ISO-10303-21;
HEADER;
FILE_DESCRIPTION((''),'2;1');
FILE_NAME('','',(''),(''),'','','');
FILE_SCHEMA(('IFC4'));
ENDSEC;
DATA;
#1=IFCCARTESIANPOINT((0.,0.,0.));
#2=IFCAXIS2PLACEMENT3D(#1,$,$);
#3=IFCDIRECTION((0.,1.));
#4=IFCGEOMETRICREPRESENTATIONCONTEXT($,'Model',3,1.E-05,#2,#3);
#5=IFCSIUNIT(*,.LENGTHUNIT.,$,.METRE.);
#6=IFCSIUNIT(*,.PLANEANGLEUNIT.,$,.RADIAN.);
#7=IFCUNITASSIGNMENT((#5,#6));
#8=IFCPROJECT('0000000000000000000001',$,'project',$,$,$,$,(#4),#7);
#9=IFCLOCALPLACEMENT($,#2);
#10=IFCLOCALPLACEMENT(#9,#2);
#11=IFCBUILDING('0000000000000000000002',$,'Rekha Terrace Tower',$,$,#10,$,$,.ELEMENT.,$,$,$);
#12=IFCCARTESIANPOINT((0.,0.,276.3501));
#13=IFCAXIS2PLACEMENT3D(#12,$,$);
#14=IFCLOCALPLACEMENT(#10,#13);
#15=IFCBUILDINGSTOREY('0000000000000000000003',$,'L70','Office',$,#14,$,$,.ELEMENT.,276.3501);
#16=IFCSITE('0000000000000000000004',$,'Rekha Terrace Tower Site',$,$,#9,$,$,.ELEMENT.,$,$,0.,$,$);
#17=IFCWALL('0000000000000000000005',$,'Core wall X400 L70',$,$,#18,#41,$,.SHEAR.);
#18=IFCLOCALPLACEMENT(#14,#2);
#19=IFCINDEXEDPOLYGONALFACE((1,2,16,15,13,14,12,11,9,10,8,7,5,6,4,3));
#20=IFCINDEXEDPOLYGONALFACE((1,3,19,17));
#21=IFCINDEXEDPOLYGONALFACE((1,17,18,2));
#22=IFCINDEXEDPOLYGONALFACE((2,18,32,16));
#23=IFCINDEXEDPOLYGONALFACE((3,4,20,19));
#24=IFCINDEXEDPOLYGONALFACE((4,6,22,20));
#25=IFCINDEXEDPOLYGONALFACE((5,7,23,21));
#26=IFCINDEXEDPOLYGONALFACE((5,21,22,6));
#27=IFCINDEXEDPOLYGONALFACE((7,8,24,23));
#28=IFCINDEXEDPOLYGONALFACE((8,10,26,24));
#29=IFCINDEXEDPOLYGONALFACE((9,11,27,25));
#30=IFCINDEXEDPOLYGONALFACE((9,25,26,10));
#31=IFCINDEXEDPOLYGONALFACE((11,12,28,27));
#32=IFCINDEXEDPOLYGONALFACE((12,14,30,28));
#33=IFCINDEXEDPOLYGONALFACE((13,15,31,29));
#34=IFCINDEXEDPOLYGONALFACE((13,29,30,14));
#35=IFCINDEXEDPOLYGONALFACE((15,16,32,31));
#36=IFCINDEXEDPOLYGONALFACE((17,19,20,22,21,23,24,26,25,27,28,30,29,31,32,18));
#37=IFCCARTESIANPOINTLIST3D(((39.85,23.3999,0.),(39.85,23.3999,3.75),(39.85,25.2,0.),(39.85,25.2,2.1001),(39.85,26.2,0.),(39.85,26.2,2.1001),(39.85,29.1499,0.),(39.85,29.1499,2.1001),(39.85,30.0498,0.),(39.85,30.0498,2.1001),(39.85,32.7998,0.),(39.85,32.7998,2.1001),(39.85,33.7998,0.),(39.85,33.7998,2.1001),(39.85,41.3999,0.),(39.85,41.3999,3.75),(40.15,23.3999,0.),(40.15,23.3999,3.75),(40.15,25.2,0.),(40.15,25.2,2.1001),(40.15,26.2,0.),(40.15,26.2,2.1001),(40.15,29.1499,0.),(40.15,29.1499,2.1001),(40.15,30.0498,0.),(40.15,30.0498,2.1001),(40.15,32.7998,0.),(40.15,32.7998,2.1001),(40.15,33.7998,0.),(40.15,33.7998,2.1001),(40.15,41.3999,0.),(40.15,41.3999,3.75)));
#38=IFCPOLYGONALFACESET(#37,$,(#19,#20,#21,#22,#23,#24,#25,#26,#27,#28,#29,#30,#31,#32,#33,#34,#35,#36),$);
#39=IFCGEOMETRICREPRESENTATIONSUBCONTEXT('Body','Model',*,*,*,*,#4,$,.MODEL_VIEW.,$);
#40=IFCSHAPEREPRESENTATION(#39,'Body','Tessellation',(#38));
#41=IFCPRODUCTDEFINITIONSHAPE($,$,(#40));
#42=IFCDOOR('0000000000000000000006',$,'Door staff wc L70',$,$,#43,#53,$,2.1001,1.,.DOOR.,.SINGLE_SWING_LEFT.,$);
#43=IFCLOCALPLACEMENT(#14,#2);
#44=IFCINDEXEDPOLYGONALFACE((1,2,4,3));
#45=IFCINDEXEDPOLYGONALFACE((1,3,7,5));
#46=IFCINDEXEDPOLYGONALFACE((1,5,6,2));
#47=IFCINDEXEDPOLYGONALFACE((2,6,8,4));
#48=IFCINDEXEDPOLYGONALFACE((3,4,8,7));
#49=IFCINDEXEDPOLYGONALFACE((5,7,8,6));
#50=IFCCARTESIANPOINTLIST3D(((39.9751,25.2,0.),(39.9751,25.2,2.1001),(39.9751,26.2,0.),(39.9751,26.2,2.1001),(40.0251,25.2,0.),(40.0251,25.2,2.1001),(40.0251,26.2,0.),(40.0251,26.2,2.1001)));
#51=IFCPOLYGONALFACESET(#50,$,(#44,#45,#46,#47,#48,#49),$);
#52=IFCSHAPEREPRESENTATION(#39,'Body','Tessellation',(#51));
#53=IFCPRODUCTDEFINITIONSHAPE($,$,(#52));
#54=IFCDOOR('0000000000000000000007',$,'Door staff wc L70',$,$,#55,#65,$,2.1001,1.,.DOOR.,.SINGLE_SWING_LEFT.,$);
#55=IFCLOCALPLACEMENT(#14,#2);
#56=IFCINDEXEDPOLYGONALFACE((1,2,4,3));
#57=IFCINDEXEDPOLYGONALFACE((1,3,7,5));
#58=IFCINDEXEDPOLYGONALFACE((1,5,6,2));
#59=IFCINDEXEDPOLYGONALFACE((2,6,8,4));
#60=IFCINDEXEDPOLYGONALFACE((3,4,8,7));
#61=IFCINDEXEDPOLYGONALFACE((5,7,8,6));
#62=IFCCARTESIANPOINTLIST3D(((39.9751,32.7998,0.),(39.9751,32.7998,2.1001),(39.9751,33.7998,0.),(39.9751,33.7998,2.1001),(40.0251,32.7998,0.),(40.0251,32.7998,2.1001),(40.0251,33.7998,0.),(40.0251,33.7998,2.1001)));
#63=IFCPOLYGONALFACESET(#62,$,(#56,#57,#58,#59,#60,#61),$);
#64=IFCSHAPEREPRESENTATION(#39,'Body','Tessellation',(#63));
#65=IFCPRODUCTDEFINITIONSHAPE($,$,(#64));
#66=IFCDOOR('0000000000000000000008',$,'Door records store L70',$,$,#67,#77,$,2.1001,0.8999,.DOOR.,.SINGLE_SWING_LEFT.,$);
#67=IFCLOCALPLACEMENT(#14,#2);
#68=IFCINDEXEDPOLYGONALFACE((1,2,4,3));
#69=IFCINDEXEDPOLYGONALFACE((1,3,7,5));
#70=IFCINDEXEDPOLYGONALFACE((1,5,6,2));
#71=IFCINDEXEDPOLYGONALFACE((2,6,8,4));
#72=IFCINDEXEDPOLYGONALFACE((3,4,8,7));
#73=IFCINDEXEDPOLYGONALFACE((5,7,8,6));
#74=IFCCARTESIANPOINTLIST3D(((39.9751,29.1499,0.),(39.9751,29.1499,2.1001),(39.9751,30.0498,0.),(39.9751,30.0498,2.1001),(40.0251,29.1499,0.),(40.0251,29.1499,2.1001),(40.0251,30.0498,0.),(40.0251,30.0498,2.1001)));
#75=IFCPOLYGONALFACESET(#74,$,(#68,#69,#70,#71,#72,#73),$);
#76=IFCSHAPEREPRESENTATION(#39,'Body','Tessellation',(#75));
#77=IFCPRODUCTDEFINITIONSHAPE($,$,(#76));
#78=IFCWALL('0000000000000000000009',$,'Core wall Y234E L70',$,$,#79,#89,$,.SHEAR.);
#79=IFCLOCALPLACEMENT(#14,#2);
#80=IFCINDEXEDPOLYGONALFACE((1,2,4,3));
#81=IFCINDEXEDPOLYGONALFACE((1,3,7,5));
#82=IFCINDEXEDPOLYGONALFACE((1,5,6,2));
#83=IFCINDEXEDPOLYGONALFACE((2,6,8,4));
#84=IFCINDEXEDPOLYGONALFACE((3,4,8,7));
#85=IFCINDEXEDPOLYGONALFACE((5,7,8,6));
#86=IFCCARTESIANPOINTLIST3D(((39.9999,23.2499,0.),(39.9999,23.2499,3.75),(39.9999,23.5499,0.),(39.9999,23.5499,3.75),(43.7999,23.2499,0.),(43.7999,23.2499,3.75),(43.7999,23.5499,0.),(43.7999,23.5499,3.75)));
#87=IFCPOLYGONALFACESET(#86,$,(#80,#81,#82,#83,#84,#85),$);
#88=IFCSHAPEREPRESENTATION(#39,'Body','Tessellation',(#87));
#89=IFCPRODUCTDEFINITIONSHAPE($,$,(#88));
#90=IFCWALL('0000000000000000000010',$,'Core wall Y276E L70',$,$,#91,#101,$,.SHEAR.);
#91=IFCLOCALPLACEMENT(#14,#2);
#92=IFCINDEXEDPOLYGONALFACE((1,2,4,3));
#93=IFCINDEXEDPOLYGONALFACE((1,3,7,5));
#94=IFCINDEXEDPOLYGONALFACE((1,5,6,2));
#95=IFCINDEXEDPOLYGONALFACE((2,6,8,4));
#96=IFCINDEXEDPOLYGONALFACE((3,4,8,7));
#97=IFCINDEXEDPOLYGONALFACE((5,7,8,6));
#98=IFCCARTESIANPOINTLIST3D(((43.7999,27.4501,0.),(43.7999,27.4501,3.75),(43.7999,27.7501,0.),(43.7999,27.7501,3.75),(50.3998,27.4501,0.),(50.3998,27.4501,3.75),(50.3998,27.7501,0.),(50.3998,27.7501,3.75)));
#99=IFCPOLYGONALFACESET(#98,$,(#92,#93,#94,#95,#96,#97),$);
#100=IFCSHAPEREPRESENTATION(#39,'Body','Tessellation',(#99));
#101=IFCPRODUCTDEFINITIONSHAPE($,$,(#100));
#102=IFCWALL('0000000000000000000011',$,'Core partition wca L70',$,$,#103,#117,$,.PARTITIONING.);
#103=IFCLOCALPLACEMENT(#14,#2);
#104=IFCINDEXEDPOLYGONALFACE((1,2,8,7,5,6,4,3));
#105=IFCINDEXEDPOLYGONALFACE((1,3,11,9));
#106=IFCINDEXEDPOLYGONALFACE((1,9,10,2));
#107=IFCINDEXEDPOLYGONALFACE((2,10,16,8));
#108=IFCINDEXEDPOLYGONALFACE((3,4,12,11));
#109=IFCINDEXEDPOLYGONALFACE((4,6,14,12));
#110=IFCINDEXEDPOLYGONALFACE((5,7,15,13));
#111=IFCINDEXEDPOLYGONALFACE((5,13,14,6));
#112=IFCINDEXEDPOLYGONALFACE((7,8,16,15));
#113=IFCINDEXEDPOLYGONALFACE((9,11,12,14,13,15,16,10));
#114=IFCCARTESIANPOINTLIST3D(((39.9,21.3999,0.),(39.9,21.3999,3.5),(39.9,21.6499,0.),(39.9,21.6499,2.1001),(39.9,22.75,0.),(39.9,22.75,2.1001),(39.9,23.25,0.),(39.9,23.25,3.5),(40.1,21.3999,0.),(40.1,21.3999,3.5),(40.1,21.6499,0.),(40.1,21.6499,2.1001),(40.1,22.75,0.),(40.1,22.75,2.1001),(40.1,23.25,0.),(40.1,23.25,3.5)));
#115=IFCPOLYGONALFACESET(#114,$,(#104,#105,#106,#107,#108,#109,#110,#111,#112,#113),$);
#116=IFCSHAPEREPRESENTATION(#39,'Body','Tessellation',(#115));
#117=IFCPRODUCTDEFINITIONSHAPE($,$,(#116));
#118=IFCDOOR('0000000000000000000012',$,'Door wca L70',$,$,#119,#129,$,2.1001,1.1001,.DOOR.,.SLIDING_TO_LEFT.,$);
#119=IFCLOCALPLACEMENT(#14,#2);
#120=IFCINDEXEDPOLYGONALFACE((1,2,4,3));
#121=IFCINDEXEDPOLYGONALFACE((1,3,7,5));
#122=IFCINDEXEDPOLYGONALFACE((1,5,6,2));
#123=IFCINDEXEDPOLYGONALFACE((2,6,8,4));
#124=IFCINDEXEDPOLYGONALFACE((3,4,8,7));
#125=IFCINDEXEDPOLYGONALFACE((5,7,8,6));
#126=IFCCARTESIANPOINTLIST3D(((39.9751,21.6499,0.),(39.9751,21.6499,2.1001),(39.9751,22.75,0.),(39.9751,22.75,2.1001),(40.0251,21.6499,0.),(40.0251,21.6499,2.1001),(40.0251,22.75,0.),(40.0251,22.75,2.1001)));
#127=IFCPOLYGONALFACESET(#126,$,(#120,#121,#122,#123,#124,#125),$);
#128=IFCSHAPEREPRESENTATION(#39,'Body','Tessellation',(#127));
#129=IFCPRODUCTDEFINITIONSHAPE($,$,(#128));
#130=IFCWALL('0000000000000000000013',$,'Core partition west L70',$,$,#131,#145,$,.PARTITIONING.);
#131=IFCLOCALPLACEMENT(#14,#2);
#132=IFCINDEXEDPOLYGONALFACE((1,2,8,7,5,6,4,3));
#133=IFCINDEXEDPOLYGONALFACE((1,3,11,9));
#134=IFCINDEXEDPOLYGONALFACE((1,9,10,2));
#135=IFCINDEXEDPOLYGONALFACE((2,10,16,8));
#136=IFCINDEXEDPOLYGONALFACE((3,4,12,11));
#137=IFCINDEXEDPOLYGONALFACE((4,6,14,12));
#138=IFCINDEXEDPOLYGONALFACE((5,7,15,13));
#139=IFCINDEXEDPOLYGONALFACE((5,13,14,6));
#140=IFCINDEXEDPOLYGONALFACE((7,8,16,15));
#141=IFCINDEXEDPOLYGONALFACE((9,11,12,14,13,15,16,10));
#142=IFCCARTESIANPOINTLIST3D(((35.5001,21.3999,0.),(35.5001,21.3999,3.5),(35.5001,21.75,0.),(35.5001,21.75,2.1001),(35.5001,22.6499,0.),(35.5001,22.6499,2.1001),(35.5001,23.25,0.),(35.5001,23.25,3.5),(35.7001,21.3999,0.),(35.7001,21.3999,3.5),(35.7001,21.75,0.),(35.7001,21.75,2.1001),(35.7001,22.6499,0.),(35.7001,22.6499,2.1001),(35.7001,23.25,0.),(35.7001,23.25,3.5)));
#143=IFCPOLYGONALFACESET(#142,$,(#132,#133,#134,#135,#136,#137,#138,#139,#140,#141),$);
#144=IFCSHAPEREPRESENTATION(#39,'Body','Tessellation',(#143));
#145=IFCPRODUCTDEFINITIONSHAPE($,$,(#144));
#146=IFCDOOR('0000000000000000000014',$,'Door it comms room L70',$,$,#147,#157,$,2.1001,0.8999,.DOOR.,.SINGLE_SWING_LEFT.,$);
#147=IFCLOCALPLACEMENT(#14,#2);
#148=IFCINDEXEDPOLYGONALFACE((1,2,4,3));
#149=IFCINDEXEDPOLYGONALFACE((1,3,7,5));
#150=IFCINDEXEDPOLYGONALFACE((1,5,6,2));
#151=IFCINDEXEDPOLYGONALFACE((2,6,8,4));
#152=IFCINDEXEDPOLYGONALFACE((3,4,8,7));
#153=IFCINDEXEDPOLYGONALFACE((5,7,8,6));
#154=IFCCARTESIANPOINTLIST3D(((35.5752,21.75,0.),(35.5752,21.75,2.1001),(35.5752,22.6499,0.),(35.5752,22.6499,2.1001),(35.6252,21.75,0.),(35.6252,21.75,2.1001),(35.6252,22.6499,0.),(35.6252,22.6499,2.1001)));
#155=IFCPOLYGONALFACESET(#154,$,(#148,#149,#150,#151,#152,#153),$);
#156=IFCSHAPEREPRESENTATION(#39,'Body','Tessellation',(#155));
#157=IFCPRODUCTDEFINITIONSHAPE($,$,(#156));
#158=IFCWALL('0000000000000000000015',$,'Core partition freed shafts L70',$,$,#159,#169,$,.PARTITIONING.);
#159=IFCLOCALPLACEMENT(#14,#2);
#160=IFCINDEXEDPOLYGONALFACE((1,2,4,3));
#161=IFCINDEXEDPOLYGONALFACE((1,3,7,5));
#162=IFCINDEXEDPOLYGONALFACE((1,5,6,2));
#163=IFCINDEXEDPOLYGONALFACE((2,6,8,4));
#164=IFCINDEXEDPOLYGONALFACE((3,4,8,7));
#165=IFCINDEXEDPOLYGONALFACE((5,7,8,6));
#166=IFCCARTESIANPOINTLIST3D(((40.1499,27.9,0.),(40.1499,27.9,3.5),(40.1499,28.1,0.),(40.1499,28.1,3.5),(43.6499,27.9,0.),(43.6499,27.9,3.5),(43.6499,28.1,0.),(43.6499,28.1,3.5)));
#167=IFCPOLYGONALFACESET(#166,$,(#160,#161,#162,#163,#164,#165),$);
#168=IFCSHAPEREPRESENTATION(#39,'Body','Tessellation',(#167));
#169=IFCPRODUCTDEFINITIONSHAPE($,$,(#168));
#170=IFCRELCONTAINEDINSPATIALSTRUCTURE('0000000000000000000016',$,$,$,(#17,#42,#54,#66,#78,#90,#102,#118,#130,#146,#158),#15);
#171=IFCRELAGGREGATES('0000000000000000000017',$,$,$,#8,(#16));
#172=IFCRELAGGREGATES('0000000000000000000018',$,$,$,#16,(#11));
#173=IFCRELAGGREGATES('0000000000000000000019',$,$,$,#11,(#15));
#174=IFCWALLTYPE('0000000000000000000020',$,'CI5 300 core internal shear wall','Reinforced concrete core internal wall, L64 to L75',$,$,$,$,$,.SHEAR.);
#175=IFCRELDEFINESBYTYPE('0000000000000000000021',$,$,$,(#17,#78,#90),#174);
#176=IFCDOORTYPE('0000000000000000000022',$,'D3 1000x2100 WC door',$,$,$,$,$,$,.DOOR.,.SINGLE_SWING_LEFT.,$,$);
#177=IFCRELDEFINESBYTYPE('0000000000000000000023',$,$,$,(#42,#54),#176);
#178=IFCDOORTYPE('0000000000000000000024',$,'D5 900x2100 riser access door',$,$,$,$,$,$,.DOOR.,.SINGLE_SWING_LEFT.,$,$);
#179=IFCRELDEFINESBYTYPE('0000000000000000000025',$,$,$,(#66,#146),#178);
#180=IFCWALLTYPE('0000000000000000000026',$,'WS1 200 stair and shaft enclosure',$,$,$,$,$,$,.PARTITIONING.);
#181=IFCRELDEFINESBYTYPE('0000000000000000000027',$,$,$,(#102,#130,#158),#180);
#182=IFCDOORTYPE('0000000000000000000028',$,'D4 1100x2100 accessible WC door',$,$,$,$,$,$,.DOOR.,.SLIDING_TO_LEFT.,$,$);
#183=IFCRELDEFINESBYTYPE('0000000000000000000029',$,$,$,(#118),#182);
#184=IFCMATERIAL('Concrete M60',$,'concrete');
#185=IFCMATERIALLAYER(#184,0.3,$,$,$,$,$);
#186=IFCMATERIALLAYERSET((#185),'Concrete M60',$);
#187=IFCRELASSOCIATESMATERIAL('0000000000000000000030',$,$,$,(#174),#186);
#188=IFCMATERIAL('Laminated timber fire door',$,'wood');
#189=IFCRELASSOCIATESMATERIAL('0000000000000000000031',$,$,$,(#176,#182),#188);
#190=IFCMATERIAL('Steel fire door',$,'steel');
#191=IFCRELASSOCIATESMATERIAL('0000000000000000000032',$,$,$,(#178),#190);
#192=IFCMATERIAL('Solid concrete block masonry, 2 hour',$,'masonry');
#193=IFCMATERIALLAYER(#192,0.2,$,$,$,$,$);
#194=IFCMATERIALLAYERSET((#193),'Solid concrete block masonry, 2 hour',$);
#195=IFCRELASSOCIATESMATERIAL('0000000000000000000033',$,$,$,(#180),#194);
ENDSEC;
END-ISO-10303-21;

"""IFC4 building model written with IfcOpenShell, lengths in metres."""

from ifc_helpers import new_model, si_unit, direction, frame, frame_2d, origin, place, context, subcontext, project, spatial, rectangle, extrude, material, layer, layer_set, type_object, element, fill, save


model = new_model("IFC4")

# Units and contexts
model_context = context("Model", 3, precision=1e-05, world=origin(), true_north=direction((0.0, 1.0)))
body_context = subcontext(model_context, "Body", "Model", "MODEL_VIEW")
ifc_project = project(units=[si_unit("LENGTHUNIT", "METRE"), si_unit("PLANEANGLEUNIT", "RADIAN")], contexts=[model_context])

# Site, building, storey
site_placement = place(None, origin())
site = spatial("IfcSite", under=ifc_project, at=site_placement, Name="Rekha Terrace Tower Site", CompositionType="ELEMENT", RefElevation=0.0)
building_placement = place(site_placement, origin())
building = spatial("IfcBuilding", under=site, at=building_placement, Name="Rekha Terrace Tower", CompositionType="ELEMENT")
storey_placement = place(building_placement, frame((0.0, 0.0, 276.3501)))
storey = spatial("IfcBuildingStorey", under=building, at=storey_placement, Name="L70", Description="Office", CompositionType="ELEMENT", Elevation=276.3501)

# Shared definitions
ifc_material_1 = material(Name="Concrete M60", Category="concrete")

# Shared definitions
ifc_layer_1 = layer(ifc_material_1, 0.3)
ifc_layer_set_1 = layer_set([ifc_layer_1], Name="Concrete M60")
wall_type_1 = type_object("IfcWallType", Name="CI5 300 core internal shear wall", Description="Reinforced concrete core internal wall, L64 to L75", PredefinedType="SHEAR", material=ifc_layer_set_1)

# Wall, openings, doors
wall_1_placement = place(storey_placement, frame((40.0, 23.3999, 0.0), z_axis=(0.0, 0.0, 1.0), x_axis=(0.0, 1.0, 0.0)))
wall_1 = element("IfcWall", 1, at=wall_1_placement, inside=storey, type_object=wall_type_1, Name="Core wall X400 L70", PredefinedType="SHEAR", context=body_context, shape_type="SweptSolid", body=[
    extrude(rectangle(XDim=18.0, YDim=0.3, at=frame_2d((9.0, 0.0))), origin(), (0.0, 0.0, 1.0), 3.75),
])
opening_1_placement = place(wall_1_placement, frame((1.8, 0.0, 0.0)))
opening_1 = element("IfcOpeningElement", 2, at=opening_1_placement, cuts=wall_1, PredefinedType="OPENING", context=body_context, shape_type="SweptSolid", body=[
    extrude(rectangle(XDim=1.0, YDim=2.1001, at=frame_2d((0.5, 1.05))), frame((0.0, 0.1599, 0.0), z_axis=(0.0, -1.0, 0.0), x_axis=(1.0, 0.0, 0.0)), (0.0, 0.0, 1.0), 0.3201),
])
opening_2_placement = place(wall_1_placement, frame((5.75, 0.0, 0.0)))
opening_2 = element("IfcOpeningElement", 3, at=opening_2_placement, cuts=wall_1, PredefinedType="OPENING", context=body_context, shape_type="SweptSolid", body=[
    extrude(rectangle(XDim=0.8999, YDim=2.1001, at=frame_2d((0.45, 1.05))), frame((0.0, 0.1599, 0.0), z_axis=(0.0, -1.0, 0.0), x_axis=(1.0, 0.0, 0.0)), (0.0, 0.0, 1.0), 0.3201),
])
opening_3_placement = place(wall_1_placement, frame((9.3999, 0.0, 0.0)))
opening_3 = element("IfcOpeningElement", 4, at=opening_3_placement, cuts=wall_1, PredefinedType="OPENING", context=body_context, shape_type="SweptSolid", body=[
    extrude(rectangle(XDim=1.0, YDim=2.1001, at=frame_2d((0.5, 1.05))), frame((0.0, 0.1599, 0.0), z_axis=(0.0, -1.0, 0.0), x_axis=(1.0, 0.0, 0.0)), (0.0, 0.0, 1.0), 0.3201),
])
ifc_material_2 = material(Name="Laminated timber fire door", Category="wood")
door_type_1 = type_object("IfcDoorType", Name="D3 1000x2100 WC door", OperationType="SINGLE_SWING_LEFT", PredefinedType="DOOR", material=ifc_material_2)
door_1_placement = place(opening_1_placement, origin())
door_1 = element("IfcDoor", 5, at=door_1_placement, inside=storey, type_object=door_type_1, Name="Door staff wc L70", OperationType="SINGLE_SWING_LEFT", OverallHeight=2.1001, OverallWidth=1.0, PredefinedType="DOOR", context=body_context, shape_type="SweptSolid", body=[
    extrude(rectangle(XDim=1.0, YDim=2.1001, at=frame_2d((0.5, 1.05))), frame((0.0, 0.0249, 0.0), z_axis=(0.0, -1.0, 0.0), x_axis=(1.0, 0.0, 0.0)), (0.0, 0.0, 1.0), 0.05),
])
fill(opening_1, door_1)
door_2_placement = place(opening_3_placement, origin())
door_2 = element("IfcDoor", 6, at=door_2_placement, inside=storey, type_object=door_type_1, Name="Door staff wc L70", OperationType="SINGLE_SWING_LEFT", OverallHeight=2.1001, OverallWidth=1.0, PredefinedType="DOOR", context=body_context, shape_type="SweptSolid", body=[
    extrude(rectangle(XDim=1.0, YDim=2.1001, at=frame_2d((0.5, 1.05))), frame((0.0, 0.0249, 0.0), z_axis=(0.0, -1.0, 0.0), x_axis=(1.0, 0.0, 0.0)), (0.0, 0.0, 1.0), 0.05),
])
fill(opening_3, door_2)
ifc_material_3 = material(Name="Steel fire door", Category="steel")
door_type_2 = type_object("IfcDoorType", Name="D5 900x2100 riser access door", OperationType="SINGLE_SWING_LEFT", PredefinedType="DOOR", material=ifc_material_3)
door_3_placement = place(opening_2_placement, origin())
door_3 = element("IfcDoor", 7, at=door_3_placement, inside=storey, type_object=door_type_2, Name="Door records store L70", OperationType="SINGLE_SWING_LEFT", OverallHeight=2.1001, OverallWidth=0.8999, PredefinedType="DOOR", context=body_context, shape_type="SweptSolid", body=[
    extrude(rectangle(XDim=0.8999, YDim=2.1001, at=frame_2d((0.45, 1.05))), frame((0.0, 0.0249, 0.0), z_axis=(0.0, -1.0, 0.0), x_axis=(1.0, 0.0, 0.0)), (0.0, 0.0, 1.0), 0.05),
])
fill(opening_2, door_3)

# Walls
wall_2_placement = place(storey_placement, frame((40.0, 23.3999, 0.0), z_axis=(0.0, 0.0, 1.0), x_axis=(1.0, 0.0, 0.0)))
element("IfcWall", 8, at=wall_2_placement, inside=storey, type_object=wall_type_1, Name="Core wall Y234E L70", PredefinedType="SHEAR", context=body_context, shape_type="SweptSolid", body=[
    extrude(rectangle(XDim=3.8, YDim=0.3, at=frame_2d((1.8999, 0.0))), origin(), (0.0, 0.0, 1.0), 3.75),
])
wall_3_placement = place(storey_placement, frame((43.8, 27.6001, 0.0), z_axis=(0.0, 0.0, 1.0), x_axis=(1.0, 0.0, 0.0)))
element("IfcWall", 9, at=wall_3_placement, inside=storey, type_object=wall_type_1, Name="Core wall Y276E L70", PredefinedType="SHEAR", context=body_context, shape_type="SweptSolid", body=[
    extrude(rectangle(XDim=6.5999, YDim=0.3, at=frame_2d((3.2998, 0.0))), origin(), (0.0, 0.0, 1.0), 3.75),
])

# Walls, openings, doors
ifc_material_4 = material(Name="Solid concrete block masonry, 2 hour", Category="masonry")
ifc_layer_2 = layer(ifc_material_4, 0.2)
ifc_layer_set_2 = layer_set([ifc_layer_2], Name="Solid concrete block masonry, 2 hour")
wall_type_2 = type_object("IfcWallType", Name="WS1 200 stair and shaft enclosure", PredefinedType="PARTITIONING", material=ifc_layer_set_2)
wall_4_placement = place(storey_placement, frame((40.0, 21.3999, 0.0), z_axis=(0.0, 0.0, 1.0), x_axis=(0.0, 1.0, 0.0)))
wall_4 = element("IfcWall", 10, at=wall_4_placement, inside=storey, type_object=wall_type_2, Name="Core partition wca L70", PredefinedType="PARTITIONING", context=body_context, shape_type="SweptSolid", body=[
    extrude(rectangle(XDim=1.8501, YDim=0.2, at=frame_2d((0.925, 0.0))), origin(), (0.0, 0.0, 1.0), 3.5),
])
opening_4_placement = place(wall_4_placement, frame((0.25, 0.0, 0.0)))
opening_4 = element("IfcOpeningElement", 11, at=opening_4_placement, cuts=wall_4, PredefinedType="OPENING", context=body_context, shape_type="SweptSolid", body=[
    extrude(rectangle(XDim=1.1001, YDim=2.1001, at=frame_2d((0.55, 1.05))), frame((0.0, 0.1099, 0.0), z_axis=(0.0, -1.0, 0.0), x_axis=(1.0, 0.0, 0.0)), (0.0, 0.0, 1.0), 0.22),
])
door_type_3 = type_object("IfcDoorType", Name="D4 1100x2100 accessible WC door", OperationType="SLIDING_TO_LEFT", PredefinedType="DOOR", material=ifc_material_2)
door_4_placement = place(opening_4_placement, origin())
door_4 = element("IfcDoor", 12, at=door_4_placement, inside=storey, type_object=door_type_3, Name="Door wca L70", OperationType="SLIDING_TO_LEFT", OverallHeight=2.1001, OverallWidth=1.1001, PredefinedType="DOOR", context=body_context, shape_type="SweptSolid", body=[
    extrude(rectangle(XDim=1.1001, YDim=2.1001, at=frame_2d((0.55, 1.05))), frame((0.0, 0.0249, 0.0), z_axis=(0.0, -1.0, 0.0), x_axis=(1.0, 0.0, 0.0)), (0.0, 0.0, 1.0), 0.05),
])
fill(opening_4, door_4)
wall_5_placement = place(storey_placement, frame((35.6001, 21.3999, 0.0), z_axis=(0.0, 0.0, 1.0), x_axis=(0.0, 1.0, 0.0)))
wall_5 = element("IfcWall", 13, at=wall_5_placement, inside=storey, type_object=wall_type_2, Name="Core partition west L70", PredefinedType="PARTITIONING", context=body_context, shape_type="SweptSolid", body=[
    extrude(rectangle(XDim=1.8501, YDim=0.2, at=frame_2d((0.925, 0.0))), origin(), (0.0, 0.0, 1.0), 3.5),
])
opening_5_placement = place(wall_5_placement, frame((0.3501, 0.0, 0.0)))
opening_5 = element("IfcOpeningElement", 14, at=opening_5_placement, cuts=wall_5, PredefinedType="OPENING", context=body_context, shape_type="SweptSolid", body=[
    extrude(rectangle(XDim=0.8999, YDim=2.1001, at=frame_2d((0.45, 1.05))), frame((0.0, 0.1099, 0.0), z_axis=(0.0, -1.0, 0.0), x_axis=(1.0, 0.0, 0.0)), (0.0, 0.0, 1.0), 0.22),
])
door_5_placement = place(opening_5_placement, origin())
door_5 = element("IfcDoor", 15, at=door_5_placement, inside=storey, type_object=door_type_2, Name="Door it comms room L70", OperationType="SINGLE_SWING_LEFT", OverallHeight=2.1001, OverallWidth=0.8999, PredefinedType="DOOR", context=body_context, shape_type="SweptSolid", body=[
    extrude(rectangle(XDim=0.8999, YDim=2.1001, at=frame_2d((0.45, 1.05))), frame((0.0, 0.0249, 0.0), z_axis=(0.0, -1.0, 0.0), x_axis=(1.0, 0.0, 0.0)), (0.0, 0.0, 1.0), 0.05),
])
fill(opening_5, door_5)

# Wall
wall_6_placement = place(storey_placement, frame((40.1499, 28.0, 0.0), z_axis=(0.0, 0.0, 1.0), x_axis=(1.0, 0.0, 0.0)))
element("IfcWall", 16, at=wall_6_placement, inside=storey, type_object=wall_type_2, Name="Core partition freed shafts L70", PredefinedType="PARTITIONING", context=body_context, shape_type="SweptSolid", body=[
    extrude(rectangle(XDim=3.5, YDim=0.2, at=frame_2d((1.75, 0.0))), origin(), (0.0, 0.0, 1.0), 3.5),
])

save(model, "model.ifc")
